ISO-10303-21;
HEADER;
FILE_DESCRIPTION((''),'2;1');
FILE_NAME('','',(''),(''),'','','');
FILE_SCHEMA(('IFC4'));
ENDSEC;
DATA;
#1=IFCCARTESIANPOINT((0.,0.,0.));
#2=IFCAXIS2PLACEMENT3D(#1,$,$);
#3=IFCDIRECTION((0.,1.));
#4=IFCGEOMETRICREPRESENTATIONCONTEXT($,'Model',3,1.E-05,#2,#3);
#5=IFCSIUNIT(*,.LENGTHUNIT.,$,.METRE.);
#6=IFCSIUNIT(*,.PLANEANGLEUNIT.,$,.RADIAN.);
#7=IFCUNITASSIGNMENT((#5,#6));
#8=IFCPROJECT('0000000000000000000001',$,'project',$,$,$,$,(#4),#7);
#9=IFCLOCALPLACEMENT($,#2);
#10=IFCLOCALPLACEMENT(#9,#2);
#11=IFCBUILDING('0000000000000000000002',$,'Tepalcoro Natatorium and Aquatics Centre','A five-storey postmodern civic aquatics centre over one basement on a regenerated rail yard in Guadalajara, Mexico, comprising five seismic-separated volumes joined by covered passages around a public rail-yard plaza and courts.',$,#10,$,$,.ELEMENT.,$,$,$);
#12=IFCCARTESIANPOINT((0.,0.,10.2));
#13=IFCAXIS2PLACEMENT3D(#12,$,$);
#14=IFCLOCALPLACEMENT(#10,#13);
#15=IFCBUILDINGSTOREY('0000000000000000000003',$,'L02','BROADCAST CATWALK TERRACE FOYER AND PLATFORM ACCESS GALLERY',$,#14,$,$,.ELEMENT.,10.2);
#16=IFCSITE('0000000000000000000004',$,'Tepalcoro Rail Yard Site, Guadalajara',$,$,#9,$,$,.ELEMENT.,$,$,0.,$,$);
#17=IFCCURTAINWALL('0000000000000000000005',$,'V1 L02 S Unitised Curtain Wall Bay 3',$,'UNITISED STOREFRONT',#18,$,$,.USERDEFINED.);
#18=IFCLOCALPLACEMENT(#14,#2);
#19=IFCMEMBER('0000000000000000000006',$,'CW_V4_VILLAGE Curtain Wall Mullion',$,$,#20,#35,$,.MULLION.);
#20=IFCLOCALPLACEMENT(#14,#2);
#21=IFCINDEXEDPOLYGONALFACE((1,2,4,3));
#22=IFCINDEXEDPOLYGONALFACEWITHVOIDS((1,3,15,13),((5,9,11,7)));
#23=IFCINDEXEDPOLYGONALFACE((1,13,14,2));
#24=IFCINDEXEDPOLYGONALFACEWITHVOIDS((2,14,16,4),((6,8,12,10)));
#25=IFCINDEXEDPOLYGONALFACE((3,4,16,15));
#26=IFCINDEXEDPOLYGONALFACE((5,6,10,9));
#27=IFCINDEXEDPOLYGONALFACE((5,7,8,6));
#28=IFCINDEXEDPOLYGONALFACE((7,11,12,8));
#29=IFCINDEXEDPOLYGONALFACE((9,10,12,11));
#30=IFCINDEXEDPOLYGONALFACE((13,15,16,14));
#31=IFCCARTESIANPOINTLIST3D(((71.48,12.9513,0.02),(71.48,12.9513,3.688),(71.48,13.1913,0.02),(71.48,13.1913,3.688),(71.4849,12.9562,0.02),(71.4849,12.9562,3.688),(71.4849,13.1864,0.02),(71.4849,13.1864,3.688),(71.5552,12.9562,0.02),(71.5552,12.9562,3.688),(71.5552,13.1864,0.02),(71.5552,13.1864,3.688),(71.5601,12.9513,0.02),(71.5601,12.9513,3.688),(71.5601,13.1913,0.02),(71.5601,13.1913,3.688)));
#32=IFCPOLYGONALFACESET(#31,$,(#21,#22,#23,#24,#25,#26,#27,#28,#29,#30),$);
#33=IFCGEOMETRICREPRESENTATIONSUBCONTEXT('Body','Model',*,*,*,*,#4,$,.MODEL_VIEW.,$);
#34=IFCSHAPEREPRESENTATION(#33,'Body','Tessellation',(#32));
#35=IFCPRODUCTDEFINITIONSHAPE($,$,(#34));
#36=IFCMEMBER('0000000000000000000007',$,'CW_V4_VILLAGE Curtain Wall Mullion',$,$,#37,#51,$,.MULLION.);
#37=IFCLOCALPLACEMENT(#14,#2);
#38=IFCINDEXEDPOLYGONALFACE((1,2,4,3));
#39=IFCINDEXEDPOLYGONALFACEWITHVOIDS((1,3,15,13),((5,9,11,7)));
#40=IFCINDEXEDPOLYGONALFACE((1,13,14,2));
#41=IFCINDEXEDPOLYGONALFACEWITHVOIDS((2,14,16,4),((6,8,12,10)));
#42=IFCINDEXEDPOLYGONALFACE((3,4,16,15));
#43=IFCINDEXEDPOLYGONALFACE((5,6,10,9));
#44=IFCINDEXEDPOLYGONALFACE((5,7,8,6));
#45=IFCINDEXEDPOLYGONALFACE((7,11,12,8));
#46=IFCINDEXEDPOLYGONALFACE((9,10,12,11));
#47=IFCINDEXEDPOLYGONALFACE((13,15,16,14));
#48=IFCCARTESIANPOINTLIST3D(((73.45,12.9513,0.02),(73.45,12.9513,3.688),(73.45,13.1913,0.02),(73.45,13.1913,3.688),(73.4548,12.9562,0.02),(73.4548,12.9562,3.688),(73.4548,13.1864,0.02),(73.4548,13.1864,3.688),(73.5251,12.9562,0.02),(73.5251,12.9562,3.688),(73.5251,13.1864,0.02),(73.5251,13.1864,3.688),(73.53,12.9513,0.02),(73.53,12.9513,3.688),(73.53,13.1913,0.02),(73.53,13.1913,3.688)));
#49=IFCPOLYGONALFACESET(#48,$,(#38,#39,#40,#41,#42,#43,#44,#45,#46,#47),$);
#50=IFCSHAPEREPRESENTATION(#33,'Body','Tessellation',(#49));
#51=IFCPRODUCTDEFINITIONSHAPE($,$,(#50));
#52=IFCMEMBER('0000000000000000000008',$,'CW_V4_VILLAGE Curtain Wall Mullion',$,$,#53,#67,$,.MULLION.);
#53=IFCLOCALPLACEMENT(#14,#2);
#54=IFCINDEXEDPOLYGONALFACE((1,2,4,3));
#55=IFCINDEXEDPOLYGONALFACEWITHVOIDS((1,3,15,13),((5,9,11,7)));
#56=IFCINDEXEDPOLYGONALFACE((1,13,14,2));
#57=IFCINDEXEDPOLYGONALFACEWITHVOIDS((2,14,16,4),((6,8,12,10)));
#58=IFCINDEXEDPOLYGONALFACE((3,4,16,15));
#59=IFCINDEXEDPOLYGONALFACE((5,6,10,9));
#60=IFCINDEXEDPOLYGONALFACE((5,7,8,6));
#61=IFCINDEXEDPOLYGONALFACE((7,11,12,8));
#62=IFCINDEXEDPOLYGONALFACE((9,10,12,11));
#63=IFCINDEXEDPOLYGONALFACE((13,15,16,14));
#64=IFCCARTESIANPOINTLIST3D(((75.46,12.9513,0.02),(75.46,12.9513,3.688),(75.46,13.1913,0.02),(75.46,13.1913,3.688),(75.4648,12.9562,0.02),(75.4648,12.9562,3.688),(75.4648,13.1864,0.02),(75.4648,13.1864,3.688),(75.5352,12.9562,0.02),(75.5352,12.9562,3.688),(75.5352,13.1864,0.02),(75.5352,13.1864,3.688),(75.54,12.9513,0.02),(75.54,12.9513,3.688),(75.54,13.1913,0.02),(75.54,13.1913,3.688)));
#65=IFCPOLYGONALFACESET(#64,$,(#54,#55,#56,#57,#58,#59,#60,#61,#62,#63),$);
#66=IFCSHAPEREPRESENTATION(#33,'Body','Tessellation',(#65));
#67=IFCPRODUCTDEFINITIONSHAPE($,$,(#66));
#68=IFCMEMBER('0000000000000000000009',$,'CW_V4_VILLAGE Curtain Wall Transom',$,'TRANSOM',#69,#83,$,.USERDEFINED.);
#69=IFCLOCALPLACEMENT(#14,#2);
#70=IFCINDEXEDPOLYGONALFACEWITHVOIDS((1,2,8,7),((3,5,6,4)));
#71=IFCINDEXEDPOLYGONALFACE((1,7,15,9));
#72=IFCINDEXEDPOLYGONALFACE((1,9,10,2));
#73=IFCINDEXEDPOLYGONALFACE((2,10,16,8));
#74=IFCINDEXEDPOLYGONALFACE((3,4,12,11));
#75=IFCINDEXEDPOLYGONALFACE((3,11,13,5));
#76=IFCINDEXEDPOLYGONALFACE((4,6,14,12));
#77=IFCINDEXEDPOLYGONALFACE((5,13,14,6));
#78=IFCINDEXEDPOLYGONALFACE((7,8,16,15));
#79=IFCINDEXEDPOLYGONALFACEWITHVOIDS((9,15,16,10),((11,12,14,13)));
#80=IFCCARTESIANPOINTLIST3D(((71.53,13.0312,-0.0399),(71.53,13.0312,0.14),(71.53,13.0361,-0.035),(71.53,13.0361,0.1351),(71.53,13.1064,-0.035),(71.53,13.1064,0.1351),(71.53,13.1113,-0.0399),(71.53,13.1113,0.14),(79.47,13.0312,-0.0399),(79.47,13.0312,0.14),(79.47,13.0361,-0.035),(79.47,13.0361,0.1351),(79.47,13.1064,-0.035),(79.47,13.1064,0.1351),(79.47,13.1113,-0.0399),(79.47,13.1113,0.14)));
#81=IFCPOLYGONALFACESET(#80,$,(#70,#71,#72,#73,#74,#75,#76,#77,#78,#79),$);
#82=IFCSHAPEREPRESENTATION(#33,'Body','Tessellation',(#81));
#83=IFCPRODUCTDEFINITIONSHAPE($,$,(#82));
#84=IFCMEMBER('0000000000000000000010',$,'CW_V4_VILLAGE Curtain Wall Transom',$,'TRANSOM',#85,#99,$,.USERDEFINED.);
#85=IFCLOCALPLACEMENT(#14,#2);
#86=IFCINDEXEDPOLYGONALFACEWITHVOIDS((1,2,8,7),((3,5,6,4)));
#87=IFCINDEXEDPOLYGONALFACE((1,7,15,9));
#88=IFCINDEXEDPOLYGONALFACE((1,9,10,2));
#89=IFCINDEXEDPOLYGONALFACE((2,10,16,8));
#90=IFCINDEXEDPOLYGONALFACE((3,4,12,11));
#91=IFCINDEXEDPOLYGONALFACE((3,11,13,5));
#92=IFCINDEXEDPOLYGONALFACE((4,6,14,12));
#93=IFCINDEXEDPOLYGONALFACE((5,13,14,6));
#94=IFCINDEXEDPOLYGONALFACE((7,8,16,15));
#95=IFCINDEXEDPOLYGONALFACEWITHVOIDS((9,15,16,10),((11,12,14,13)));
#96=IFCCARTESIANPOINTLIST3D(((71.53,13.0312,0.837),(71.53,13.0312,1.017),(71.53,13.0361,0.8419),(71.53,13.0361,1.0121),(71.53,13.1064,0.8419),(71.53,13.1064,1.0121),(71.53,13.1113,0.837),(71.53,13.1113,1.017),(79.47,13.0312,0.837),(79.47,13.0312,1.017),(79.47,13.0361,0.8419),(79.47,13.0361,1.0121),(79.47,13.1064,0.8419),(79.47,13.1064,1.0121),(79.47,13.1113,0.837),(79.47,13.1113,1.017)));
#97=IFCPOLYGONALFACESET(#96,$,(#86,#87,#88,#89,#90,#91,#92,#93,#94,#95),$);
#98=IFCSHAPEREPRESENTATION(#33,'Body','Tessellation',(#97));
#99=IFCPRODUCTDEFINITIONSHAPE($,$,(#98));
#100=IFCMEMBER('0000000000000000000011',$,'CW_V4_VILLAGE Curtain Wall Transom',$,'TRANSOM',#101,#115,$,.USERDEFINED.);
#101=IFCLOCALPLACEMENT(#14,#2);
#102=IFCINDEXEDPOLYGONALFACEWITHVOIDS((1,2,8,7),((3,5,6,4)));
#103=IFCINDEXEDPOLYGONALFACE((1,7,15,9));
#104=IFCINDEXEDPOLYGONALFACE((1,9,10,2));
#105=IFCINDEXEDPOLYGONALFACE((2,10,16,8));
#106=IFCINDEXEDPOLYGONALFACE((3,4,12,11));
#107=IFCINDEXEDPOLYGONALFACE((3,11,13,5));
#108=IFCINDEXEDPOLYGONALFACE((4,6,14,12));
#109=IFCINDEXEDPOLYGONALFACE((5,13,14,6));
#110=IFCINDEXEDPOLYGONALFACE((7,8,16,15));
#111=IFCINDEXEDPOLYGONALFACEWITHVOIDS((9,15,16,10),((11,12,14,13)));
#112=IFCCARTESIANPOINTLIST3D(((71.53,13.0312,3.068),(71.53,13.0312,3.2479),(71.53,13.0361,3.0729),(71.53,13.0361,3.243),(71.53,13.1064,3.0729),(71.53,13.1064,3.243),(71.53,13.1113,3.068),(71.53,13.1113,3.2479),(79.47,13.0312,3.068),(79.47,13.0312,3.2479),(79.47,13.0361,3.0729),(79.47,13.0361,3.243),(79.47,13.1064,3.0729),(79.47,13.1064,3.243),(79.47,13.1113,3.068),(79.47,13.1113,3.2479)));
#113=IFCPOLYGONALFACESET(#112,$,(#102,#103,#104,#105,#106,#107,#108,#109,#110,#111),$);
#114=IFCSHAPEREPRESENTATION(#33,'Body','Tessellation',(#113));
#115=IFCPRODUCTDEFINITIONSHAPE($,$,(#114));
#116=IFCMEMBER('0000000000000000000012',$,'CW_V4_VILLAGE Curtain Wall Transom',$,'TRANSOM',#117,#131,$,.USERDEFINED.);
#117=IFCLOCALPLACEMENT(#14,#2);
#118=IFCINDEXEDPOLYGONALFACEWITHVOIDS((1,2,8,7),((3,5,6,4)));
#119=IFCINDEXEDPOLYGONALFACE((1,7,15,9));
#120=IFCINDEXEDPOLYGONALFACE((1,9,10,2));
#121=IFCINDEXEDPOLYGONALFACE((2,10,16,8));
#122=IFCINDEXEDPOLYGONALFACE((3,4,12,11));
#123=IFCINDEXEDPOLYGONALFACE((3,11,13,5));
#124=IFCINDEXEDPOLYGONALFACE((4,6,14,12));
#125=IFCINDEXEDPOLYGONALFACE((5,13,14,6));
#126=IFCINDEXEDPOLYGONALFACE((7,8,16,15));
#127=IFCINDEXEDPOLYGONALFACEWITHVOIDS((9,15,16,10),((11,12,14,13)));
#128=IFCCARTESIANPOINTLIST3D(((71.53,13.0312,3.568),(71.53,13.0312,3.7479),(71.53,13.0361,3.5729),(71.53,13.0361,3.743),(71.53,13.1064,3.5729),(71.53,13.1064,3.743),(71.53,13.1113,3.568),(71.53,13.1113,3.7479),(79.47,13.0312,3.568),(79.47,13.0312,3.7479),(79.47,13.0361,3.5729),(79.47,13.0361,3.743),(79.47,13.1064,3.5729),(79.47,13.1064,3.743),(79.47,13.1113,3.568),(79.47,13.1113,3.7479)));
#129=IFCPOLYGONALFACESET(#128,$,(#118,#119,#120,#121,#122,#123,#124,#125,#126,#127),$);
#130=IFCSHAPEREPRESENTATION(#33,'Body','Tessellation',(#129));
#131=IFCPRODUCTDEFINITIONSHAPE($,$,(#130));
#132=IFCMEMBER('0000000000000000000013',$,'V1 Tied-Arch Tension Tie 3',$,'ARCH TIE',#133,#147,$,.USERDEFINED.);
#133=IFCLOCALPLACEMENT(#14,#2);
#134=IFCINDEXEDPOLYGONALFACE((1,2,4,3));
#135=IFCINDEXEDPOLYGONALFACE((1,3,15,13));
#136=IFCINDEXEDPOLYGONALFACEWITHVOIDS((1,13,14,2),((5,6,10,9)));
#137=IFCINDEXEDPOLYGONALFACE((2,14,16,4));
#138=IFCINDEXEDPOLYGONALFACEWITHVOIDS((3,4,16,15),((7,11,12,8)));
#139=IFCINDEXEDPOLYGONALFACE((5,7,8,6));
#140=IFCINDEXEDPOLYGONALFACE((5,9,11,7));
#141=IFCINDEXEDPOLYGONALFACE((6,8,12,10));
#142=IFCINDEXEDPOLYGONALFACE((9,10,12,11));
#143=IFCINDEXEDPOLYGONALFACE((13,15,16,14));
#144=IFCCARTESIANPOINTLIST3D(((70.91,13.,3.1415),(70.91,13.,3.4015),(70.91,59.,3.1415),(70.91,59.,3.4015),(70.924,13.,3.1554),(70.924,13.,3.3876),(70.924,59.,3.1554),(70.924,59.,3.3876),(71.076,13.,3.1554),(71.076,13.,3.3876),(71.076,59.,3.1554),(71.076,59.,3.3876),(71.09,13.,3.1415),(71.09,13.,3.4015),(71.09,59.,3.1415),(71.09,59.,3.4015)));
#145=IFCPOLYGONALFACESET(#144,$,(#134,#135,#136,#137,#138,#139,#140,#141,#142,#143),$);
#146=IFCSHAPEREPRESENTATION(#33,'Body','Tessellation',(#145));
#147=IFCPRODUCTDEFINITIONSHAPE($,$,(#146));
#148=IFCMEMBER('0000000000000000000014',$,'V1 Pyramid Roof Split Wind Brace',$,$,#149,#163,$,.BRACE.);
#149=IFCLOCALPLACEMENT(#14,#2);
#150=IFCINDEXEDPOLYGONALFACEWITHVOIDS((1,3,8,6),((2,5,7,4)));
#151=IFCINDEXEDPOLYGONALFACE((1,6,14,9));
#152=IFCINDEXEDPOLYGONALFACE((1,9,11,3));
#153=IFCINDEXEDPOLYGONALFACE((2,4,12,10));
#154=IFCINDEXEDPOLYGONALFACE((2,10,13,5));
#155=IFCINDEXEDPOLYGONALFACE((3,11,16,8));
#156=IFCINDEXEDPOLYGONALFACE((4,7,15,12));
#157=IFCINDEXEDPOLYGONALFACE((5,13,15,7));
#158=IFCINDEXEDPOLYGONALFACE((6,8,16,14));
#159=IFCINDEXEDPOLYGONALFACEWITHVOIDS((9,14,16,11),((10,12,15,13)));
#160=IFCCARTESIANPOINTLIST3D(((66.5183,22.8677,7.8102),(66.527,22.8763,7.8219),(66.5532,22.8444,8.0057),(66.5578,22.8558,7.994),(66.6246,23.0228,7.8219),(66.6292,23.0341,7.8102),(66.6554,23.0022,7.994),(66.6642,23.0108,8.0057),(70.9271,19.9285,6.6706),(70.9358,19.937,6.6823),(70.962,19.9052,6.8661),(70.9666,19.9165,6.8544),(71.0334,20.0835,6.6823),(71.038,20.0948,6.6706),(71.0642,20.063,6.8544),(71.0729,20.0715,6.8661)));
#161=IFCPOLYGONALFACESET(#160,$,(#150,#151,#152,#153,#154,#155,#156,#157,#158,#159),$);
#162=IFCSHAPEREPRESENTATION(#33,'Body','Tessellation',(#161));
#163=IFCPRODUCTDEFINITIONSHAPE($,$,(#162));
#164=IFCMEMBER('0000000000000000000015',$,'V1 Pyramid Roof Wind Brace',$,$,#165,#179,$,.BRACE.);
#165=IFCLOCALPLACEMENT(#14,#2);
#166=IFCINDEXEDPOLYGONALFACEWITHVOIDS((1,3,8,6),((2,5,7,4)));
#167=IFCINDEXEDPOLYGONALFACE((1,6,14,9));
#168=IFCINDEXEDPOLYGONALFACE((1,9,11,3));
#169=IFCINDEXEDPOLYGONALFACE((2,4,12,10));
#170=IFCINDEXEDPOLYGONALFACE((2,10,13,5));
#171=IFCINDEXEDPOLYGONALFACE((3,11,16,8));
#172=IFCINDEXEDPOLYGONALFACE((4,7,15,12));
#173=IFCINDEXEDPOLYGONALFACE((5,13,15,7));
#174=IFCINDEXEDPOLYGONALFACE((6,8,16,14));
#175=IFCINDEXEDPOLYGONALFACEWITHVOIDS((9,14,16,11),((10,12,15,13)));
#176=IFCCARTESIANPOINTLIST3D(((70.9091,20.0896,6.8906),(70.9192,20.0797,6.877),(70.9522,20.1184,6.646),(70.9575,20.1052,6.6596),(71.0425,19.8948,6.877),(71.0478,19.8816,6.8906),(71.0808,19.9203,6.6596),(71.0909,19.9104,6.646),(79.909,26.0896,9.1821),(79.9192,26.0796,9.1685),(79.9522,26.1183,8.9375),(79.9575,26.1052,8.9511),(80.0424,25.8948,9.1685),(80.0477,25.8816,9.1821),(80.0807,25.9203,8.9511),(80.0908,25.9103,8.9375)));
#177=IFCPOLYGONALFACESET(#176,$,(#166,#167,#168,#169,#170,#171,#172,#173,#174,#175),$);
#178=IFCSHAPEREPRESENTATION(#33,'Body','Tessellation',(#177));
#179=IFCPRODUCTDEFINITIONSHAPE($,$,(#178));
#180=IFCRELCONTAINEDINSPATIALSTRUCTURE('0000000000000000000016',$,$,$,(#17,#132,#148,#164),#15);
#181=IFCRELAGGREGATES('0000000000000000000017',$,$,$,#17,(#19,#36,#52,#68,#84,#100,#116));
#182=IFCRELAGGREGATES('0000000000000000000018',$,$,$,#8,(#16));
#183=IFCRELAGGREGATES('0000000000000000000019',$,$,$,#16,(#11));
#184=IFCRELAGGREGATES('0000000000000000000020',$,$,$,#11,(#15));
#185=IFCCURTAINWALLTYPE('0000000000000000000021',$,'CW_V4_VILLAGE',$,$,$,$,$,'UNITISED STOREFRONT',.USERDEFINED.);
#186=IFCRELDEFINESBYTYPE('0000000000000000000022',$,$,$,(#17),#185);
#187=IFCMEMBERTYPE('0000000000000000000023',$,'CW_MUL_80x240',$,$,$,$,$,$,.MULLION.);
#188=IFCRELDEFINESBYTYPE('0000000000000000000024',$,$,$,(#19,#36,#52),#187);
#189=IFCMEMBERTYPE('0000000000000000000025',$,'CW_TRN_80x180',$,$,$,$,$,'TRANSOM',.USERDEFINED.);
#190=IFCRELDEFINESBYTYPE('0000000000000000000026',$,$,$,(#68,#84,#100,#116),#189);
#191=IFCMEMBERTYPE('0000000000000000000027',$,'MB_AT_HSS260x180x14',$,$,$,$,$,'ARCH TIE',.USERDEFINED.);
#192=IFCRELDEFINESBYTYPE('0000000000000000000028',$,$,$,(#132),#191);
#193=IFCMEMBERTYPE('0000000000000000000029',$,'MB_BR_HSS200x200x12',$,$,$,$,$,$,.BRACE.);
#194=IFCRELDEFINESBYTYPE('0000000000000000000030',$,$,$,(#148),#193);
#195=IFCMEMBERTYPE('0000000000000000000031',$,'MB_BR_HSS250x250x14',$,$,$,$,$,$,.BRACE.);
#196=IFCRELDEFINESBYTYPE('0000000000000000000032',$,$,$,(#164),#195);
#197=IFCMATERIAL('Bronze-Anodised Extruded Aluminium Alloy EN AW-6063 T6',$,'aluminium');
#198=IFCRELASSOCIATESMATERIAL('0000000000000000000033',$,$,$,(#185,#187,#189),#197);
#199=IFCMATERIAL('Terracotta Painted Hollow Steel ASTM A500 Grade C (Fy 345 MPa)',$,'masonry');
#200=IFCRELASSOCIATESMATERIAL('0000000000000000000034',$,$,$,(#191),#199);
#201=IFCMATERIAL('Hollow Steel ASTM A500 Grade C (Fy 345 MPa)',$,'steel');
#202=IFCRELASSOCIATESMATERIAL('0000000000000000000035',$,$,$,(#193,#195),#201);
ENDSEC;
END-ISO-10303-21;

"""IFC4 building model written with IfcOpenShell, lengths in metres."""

from ifc_helpers import new_model, si_unit, direction, frame, origin, origin_2d, place, context, subcontext, project, spatial, hollow_rectangle, extrude, material, material_profile, profile_set, type_object, element, aggregate, save


model = new_model("IFC4")

# Units and contexts
model_context = context("Model", 3, precision=1e-05, world=origin(), true_north=direction((0.0, 1.0)))
body_context = subcontext(model_context, "Body", "Model", "MODEL_VIEW")
ifc_project = project(units=[si_unit("LENGTHUNIT", "METRE"), si_unit("PLANEANGLEUNIT", "RADIAN")], contexts=[model_context])

# Site, building, storey
site_placement = place(None, origin())
site = spatial("IfcSite", under=ifc_project, at=site_placement, Name="Tepalcoro Rail Yard Site, Guadalajara", CompositionType="ELEMENT", RefElevation=0.0)
building_placement = place(site_placement, origin())
building = spatial("IfcBuilding", under=site, at=building_placement, Name="Tepalcoro Natatorium and Aquatics Centre", Description="A five-storey postmodern civic aquatics centre over one basement on a regenerated rail yard in Guadalajara, Mexico, comprising five seismic-separated volumes joined by covered passages around a public rail-yard plaza and courts.", CompositionType="ELEMENT")
storey_placement = place(building_placement, frame((0.0, 0.0, 10.2)))
storey = spatial("IfcBuildingStorey", under=building, at=storey_placement, Name="L02", Description="BROADCAST CATWALK TERRACE FOYER AND PLATFORM ACCESS GALLERY", CompositionType="ELEMENT", Elevation=10.2)

# Shared definitions
ifc_material_1 = material(Name="Terracotta Painted Hollow Steel ASTM A500 Grade C (Fy 345 MPa)", Category="masonry")

# Shared definitions
ifc_material_2 = material(Name="Bronze-Anodised Extruded Aluminium Alloy EN AW-6063 T6", Category="aluminium")

# Curtain wall, members
curtain_wall_type_1 = type_object("IfcCurtainWallType", Name="CW_V4_VILLAGE", ElementType="UNITISED STOREFRONT", PredefinedType="USERDEFINED", material=ifc_material_2)
curtain_wall_1_placement = place(storey_placement, origin())
curtain_wall_1 = element("IfcCurtainWall", 1, at=curtain_wall_1_placement, inside=storey, type_object=curtain_wall_type_1, Name="V1 L02 S Unitised Curtain Wall Bay 3", ObjectType="UNITISED STOREFRONT", PredefinedType="USERDEFINED")
ifc_material_profile_1 = material_profile(ifc_material_2, hollow_rectangle(XDim=0.0801, YDim=0.24, WallThickness=0.0049, at=origin_2d()), Name="AL80X240X5")
ifc_profile_set_1 = profile_set([ifc_material_profile_1], Name="Bronze-Anodised Extruded Aluminium Alloy EN AW-6063 T6")
member_type_1 = type_object("IfcMemberType", Name="CW_MUL_80x240", PredefinedType="MULLION", material=ifc_profile_set_1)
member_1_placement = place(storey_placement, frame((71.52, 13.0713, 0.02), z_axis=(0.0, 0.0, 1.0), x_axis=(1.0, 0.0, 0.0)))
member_1 = element("IfcMember", 2, at=member_1_placement, type_object=member_type_1, Name="CW_V4_VILLAGE Curtain Wall Mullion", PredefinedType="MULLION", context=body_context, shape_type="SweptSolid", body=[
    extrude(hollow_rectangle(XDim=0.0801, YDim=0.24, WallThickness=0.0049, at=origin_2d()), origin(), (0.0, 0.0, 1.0), 3.668),
])
member_2_placement = place(storey_placement, frame((73.49, 13.0713, 0.02), z_axis=(0.0, 0.0, 1.0), x_axis=(1.0, 0.0, 0.0)))
member_2 = element("IfcMember", 3, at=member_2_placement, type_object=member_type_1, Name="CW_V4_VILLAGE Curtain Wall Mullion", PredefinedType="MULLION", context=body_context, shape_type="SweptSolid", body=[
    extrude(hollow_rectangle(XDim=0.0801, YDim=0.24, WallThickness=0.0049, at=origin_2d()), origin(), (0.0, 0.0, 1.0), 3.668),
])
member_3_placement = place(storey_placement, frame((75.5, 13.0713, 0.02), z_axis=(0.0, 0.0, 1.0), x_axis=(1.0, 0.0, 0.0)))
member_3 = element("IfcMember", 4, at=member_3_placement, type_object=member_type_1, Name="CW_V4_VILLAGE Curtain Wall Mullion", PredefinedType="MULLION", context=body_context, shape_type="SweptSolid", body=[
    extrude(hollow_rectangle(XDim=0.0801, YDim=0.24, WallThickness=0.0049, at=origin_2d()), origin(), (0.0, 0.0, 1.0), 3.668),
])
ifc_material_profile_2 = material_profile(ifc_material_2, hollow_rectangle(XDim=0.0801, YDim=0.1799, WallThickness=0.0049, at=origin_2d()), Name="AL80X180X5")
ifc_profile_set_2 = profile_set([ifc_material_profile_2], Name="Bronze-Anodised Extruded Aluminium Alloy EN AW-6063 T6")
member_type_2 = type_object("IfcMemberType", Name="CW_TRN_80x180", ElementType="TRANSOM", PredefinedType="USERDEFINED", material=ifc_profile_set_2)
member_4_placement = place(storey_placement, frame((71.53, 13.0713, 0.05), z_axis=(1.0, 0.0, 0.0), x_axis=(0.0, 1.0, 0.0)))
member_4 = element("IfcMember", 5, at=member_4_placement, type_object=member_type_2, Name="CW_V4_VILLAGE Curtain Wall Transom", ObjectType="TRANSOM", PredefinedType="USERDEFINED", context=body_context, shape_type="SweptSolid", body=[
    extrude(hollow_rectangle(XDim=0.0801, YDim=0.1799, WallThickness=0.0049, at=origin_2d()), origin(), (0.0, 0.0, 1.0), 7.9399),
])
member_5_placement = place(storey_placement, frame((71.53, 13.0713, 0.927), z_axis=(1.0, 0.0, 0.0), x_axis=(0.0, 1.0, 0.0)))
member_5 = element("IfcMember", 6, at=member_5_placement, type_object=member_type_2, Name="CW_V4_VILLAGE Curtain Wall Transom", ObjectType="TRANSOM", PredefinedType="USERDEFINED", context=body_context, shape_type="SweptSolid", body=[
    extrude(hollow_rectangle(XDim=0.0801, YDim=0.1799, WallThickness=0.0049, at=origin_2d()), origin(), (0.0, 0.0, 1.0), 7.9399),
])
member_6_placement = place(storey_placement, frame((71.53, 13.0713, 3.158), z_axis=(1.0, 0.0, 0.0), x_axis=(0.0, 1.0, 0.0)))
member_6 = element("IfcMember", 7, at=member_6_placement, type_object=member_type_2, Name="CW_V4_VILLAGE Curtain Wall Transom", ObjectType="TRANSOM", PredefinedType="USERDEFINED", context=body_context, shape_type="SweptSolid", body=[
    extrude(hollow_rectangle(XDim=0.0801, YDim=0.1799, WallThickness=0.0049, at=origin_2d()), origin(), (0.0, 0.0, 1.0), 7.9399),
])
member_7_placement = place(storey_placement, frame((71.53, 13.0713, 3.658), z_axis=(1.0, 0.0, 0.0), x_axis=(0.0, 1.0, 0.0)))
member_7 = element("IfcMember", 8, at=member_7_placement, type_object=member_type_2, Name="CW_V4_VILLAGE Curtain Wall Transom", ObjectType="TRANSOM", PredefinedType="USERDEFINED", context=body_context, shape_type="SweptSolid", body=[
    extrude(hollow_rectangle(XDim=0.0801, YDim=0.1799, WallThickness=0.0049, at=origin_2d()), origin(), (0.0, 0.0, 1.0), 7.9399),
])

# Members
ifc_material_profile_3 = material_profile(ifc_material_1, hollow_rectangle(XDim=0.1799, YDim=0.26, WallThickness=0.0139, at=origin_2d()), Name="HSS260X180X14")
ifc_profile_set_3 = profile_set([ifc_material_profile_3], Name="Terracotta Painted Hollow Steel ASTM A500 Grade C (Fy 345 MPa)")
member_type_3 = type_object("IfcMemberType", Name="MB_AT_HSS260x180x14", ElementType="ARCH TIE", PredefinedType="USERDEFINED", material=ifc_profile_set_3)
member_8_placement = place(storey_placement, frame((71.0, 13.0, 3.2715), z_axis=(0.0, 1.0, 0.0), x_axis=(-1.0, 0.0, 0.0)))
element("IfcMember", 9, at=member_8_placement, inside=storey, type_object=member_type_3, Name="V1 Tied-Arch Tension Tie 3", ObjectType="ARCH TIE", PredefinedType="USERDEFINED", context=body_context, shape_type="SweptSolid", body=[
    extrude(hollow_rectangle(XDim=0.1799, YDim=0.26, WallThickness=0.0139, at=origin_2d()), origin(), (0.0, 0.0, 1.0), 46.0),
])
ifc_material_3 = material(Name="Hollow Steel ASTM A500 Grade C (Fy 345 MPa)", Category="steel")
ifc_material_profile_4 = material_profile(ifc_material_3, hollow_rectangle(XDim=0.2, YDim=0.2, WallThickness=0.012, at=origin_2d()), Name="HSS200X200X12")
ifc_profile_set_4 = profile_set([ifc_material_profile_4], Name="Hollow Steel ASTM A500 Grade C (Fy 345 MPa)")
member_type_4 = type_object("IfcMemberType", Name="MB_BR_HSS200x200x12", PredefinedType="BRACE", material=ifc_profile_set_4)
member_9_placement = place(storey_placement, frame((71.0, 20.0, 6.7683), z_axis=(-0.813441, 0.542309, 0.210275), x_axis=(-0.554711, -0.832043, 0.0)))
element("IfcMember", 10, at=member_9_placement, inside=storey, type_object=member_type_4, Name="V1 Pyramid Roof Split Wind Brace", PredefinedType="BRACE", context=body_context, shape_type="SweptSolid", body=[
    extrude(hollow_rectangle(XDim=0.2, YDim=0.2, WallThickness=0.012, at=origin_2d()), origin(), (0.0, 0.0, 1.0), 5.4199),
])
ifc_material_profile_5 = material_profile(ifc_material_3, hollow_rectangle(XDim=0.25, YDim=0.25, WallThickness=0.0139, at=origin_2d()), Name="HSS250X250X14")
ifc_profile_set_5 = profile_set([ifc_material_profile_5], Name="Hollow Steel ASTM A500 Grade C (Fy 345 MPa)")
member_type_5 = type_object("IfcMemberType", Name="MB_BR_HSS250x250x14", PredefinedType="BRACE", material=ifc_profile_set_5)
member_10_placement = place(storey_placement, frame((71.0, 20.0, 6.7683), z_axis=(0.813985, 0.542657, 0.20725), x_axis=(-0.5547, 0.83205, 0.0)))
element("IfcMember", 11, at=member_10_placement, inside=storey, type_object=member_type_5, Name="V1 Pyramid Roof Wind Brace", PredefinedType="BRACE", context=body_context, shape_type="SweptSolid", body=[
    extrude(hollow_rectangle(XDim=0.25, YDim=0.25, WallThickness=0.0139, at=origin_2d()), origin(), (0.0, 0.0, 1.0), 11.0566),
])

aggregate(curtain_wall_1, [member_1, member_2, member_3, member_4, member_5, member_6, member_7])

save(model, "model.ifc")
